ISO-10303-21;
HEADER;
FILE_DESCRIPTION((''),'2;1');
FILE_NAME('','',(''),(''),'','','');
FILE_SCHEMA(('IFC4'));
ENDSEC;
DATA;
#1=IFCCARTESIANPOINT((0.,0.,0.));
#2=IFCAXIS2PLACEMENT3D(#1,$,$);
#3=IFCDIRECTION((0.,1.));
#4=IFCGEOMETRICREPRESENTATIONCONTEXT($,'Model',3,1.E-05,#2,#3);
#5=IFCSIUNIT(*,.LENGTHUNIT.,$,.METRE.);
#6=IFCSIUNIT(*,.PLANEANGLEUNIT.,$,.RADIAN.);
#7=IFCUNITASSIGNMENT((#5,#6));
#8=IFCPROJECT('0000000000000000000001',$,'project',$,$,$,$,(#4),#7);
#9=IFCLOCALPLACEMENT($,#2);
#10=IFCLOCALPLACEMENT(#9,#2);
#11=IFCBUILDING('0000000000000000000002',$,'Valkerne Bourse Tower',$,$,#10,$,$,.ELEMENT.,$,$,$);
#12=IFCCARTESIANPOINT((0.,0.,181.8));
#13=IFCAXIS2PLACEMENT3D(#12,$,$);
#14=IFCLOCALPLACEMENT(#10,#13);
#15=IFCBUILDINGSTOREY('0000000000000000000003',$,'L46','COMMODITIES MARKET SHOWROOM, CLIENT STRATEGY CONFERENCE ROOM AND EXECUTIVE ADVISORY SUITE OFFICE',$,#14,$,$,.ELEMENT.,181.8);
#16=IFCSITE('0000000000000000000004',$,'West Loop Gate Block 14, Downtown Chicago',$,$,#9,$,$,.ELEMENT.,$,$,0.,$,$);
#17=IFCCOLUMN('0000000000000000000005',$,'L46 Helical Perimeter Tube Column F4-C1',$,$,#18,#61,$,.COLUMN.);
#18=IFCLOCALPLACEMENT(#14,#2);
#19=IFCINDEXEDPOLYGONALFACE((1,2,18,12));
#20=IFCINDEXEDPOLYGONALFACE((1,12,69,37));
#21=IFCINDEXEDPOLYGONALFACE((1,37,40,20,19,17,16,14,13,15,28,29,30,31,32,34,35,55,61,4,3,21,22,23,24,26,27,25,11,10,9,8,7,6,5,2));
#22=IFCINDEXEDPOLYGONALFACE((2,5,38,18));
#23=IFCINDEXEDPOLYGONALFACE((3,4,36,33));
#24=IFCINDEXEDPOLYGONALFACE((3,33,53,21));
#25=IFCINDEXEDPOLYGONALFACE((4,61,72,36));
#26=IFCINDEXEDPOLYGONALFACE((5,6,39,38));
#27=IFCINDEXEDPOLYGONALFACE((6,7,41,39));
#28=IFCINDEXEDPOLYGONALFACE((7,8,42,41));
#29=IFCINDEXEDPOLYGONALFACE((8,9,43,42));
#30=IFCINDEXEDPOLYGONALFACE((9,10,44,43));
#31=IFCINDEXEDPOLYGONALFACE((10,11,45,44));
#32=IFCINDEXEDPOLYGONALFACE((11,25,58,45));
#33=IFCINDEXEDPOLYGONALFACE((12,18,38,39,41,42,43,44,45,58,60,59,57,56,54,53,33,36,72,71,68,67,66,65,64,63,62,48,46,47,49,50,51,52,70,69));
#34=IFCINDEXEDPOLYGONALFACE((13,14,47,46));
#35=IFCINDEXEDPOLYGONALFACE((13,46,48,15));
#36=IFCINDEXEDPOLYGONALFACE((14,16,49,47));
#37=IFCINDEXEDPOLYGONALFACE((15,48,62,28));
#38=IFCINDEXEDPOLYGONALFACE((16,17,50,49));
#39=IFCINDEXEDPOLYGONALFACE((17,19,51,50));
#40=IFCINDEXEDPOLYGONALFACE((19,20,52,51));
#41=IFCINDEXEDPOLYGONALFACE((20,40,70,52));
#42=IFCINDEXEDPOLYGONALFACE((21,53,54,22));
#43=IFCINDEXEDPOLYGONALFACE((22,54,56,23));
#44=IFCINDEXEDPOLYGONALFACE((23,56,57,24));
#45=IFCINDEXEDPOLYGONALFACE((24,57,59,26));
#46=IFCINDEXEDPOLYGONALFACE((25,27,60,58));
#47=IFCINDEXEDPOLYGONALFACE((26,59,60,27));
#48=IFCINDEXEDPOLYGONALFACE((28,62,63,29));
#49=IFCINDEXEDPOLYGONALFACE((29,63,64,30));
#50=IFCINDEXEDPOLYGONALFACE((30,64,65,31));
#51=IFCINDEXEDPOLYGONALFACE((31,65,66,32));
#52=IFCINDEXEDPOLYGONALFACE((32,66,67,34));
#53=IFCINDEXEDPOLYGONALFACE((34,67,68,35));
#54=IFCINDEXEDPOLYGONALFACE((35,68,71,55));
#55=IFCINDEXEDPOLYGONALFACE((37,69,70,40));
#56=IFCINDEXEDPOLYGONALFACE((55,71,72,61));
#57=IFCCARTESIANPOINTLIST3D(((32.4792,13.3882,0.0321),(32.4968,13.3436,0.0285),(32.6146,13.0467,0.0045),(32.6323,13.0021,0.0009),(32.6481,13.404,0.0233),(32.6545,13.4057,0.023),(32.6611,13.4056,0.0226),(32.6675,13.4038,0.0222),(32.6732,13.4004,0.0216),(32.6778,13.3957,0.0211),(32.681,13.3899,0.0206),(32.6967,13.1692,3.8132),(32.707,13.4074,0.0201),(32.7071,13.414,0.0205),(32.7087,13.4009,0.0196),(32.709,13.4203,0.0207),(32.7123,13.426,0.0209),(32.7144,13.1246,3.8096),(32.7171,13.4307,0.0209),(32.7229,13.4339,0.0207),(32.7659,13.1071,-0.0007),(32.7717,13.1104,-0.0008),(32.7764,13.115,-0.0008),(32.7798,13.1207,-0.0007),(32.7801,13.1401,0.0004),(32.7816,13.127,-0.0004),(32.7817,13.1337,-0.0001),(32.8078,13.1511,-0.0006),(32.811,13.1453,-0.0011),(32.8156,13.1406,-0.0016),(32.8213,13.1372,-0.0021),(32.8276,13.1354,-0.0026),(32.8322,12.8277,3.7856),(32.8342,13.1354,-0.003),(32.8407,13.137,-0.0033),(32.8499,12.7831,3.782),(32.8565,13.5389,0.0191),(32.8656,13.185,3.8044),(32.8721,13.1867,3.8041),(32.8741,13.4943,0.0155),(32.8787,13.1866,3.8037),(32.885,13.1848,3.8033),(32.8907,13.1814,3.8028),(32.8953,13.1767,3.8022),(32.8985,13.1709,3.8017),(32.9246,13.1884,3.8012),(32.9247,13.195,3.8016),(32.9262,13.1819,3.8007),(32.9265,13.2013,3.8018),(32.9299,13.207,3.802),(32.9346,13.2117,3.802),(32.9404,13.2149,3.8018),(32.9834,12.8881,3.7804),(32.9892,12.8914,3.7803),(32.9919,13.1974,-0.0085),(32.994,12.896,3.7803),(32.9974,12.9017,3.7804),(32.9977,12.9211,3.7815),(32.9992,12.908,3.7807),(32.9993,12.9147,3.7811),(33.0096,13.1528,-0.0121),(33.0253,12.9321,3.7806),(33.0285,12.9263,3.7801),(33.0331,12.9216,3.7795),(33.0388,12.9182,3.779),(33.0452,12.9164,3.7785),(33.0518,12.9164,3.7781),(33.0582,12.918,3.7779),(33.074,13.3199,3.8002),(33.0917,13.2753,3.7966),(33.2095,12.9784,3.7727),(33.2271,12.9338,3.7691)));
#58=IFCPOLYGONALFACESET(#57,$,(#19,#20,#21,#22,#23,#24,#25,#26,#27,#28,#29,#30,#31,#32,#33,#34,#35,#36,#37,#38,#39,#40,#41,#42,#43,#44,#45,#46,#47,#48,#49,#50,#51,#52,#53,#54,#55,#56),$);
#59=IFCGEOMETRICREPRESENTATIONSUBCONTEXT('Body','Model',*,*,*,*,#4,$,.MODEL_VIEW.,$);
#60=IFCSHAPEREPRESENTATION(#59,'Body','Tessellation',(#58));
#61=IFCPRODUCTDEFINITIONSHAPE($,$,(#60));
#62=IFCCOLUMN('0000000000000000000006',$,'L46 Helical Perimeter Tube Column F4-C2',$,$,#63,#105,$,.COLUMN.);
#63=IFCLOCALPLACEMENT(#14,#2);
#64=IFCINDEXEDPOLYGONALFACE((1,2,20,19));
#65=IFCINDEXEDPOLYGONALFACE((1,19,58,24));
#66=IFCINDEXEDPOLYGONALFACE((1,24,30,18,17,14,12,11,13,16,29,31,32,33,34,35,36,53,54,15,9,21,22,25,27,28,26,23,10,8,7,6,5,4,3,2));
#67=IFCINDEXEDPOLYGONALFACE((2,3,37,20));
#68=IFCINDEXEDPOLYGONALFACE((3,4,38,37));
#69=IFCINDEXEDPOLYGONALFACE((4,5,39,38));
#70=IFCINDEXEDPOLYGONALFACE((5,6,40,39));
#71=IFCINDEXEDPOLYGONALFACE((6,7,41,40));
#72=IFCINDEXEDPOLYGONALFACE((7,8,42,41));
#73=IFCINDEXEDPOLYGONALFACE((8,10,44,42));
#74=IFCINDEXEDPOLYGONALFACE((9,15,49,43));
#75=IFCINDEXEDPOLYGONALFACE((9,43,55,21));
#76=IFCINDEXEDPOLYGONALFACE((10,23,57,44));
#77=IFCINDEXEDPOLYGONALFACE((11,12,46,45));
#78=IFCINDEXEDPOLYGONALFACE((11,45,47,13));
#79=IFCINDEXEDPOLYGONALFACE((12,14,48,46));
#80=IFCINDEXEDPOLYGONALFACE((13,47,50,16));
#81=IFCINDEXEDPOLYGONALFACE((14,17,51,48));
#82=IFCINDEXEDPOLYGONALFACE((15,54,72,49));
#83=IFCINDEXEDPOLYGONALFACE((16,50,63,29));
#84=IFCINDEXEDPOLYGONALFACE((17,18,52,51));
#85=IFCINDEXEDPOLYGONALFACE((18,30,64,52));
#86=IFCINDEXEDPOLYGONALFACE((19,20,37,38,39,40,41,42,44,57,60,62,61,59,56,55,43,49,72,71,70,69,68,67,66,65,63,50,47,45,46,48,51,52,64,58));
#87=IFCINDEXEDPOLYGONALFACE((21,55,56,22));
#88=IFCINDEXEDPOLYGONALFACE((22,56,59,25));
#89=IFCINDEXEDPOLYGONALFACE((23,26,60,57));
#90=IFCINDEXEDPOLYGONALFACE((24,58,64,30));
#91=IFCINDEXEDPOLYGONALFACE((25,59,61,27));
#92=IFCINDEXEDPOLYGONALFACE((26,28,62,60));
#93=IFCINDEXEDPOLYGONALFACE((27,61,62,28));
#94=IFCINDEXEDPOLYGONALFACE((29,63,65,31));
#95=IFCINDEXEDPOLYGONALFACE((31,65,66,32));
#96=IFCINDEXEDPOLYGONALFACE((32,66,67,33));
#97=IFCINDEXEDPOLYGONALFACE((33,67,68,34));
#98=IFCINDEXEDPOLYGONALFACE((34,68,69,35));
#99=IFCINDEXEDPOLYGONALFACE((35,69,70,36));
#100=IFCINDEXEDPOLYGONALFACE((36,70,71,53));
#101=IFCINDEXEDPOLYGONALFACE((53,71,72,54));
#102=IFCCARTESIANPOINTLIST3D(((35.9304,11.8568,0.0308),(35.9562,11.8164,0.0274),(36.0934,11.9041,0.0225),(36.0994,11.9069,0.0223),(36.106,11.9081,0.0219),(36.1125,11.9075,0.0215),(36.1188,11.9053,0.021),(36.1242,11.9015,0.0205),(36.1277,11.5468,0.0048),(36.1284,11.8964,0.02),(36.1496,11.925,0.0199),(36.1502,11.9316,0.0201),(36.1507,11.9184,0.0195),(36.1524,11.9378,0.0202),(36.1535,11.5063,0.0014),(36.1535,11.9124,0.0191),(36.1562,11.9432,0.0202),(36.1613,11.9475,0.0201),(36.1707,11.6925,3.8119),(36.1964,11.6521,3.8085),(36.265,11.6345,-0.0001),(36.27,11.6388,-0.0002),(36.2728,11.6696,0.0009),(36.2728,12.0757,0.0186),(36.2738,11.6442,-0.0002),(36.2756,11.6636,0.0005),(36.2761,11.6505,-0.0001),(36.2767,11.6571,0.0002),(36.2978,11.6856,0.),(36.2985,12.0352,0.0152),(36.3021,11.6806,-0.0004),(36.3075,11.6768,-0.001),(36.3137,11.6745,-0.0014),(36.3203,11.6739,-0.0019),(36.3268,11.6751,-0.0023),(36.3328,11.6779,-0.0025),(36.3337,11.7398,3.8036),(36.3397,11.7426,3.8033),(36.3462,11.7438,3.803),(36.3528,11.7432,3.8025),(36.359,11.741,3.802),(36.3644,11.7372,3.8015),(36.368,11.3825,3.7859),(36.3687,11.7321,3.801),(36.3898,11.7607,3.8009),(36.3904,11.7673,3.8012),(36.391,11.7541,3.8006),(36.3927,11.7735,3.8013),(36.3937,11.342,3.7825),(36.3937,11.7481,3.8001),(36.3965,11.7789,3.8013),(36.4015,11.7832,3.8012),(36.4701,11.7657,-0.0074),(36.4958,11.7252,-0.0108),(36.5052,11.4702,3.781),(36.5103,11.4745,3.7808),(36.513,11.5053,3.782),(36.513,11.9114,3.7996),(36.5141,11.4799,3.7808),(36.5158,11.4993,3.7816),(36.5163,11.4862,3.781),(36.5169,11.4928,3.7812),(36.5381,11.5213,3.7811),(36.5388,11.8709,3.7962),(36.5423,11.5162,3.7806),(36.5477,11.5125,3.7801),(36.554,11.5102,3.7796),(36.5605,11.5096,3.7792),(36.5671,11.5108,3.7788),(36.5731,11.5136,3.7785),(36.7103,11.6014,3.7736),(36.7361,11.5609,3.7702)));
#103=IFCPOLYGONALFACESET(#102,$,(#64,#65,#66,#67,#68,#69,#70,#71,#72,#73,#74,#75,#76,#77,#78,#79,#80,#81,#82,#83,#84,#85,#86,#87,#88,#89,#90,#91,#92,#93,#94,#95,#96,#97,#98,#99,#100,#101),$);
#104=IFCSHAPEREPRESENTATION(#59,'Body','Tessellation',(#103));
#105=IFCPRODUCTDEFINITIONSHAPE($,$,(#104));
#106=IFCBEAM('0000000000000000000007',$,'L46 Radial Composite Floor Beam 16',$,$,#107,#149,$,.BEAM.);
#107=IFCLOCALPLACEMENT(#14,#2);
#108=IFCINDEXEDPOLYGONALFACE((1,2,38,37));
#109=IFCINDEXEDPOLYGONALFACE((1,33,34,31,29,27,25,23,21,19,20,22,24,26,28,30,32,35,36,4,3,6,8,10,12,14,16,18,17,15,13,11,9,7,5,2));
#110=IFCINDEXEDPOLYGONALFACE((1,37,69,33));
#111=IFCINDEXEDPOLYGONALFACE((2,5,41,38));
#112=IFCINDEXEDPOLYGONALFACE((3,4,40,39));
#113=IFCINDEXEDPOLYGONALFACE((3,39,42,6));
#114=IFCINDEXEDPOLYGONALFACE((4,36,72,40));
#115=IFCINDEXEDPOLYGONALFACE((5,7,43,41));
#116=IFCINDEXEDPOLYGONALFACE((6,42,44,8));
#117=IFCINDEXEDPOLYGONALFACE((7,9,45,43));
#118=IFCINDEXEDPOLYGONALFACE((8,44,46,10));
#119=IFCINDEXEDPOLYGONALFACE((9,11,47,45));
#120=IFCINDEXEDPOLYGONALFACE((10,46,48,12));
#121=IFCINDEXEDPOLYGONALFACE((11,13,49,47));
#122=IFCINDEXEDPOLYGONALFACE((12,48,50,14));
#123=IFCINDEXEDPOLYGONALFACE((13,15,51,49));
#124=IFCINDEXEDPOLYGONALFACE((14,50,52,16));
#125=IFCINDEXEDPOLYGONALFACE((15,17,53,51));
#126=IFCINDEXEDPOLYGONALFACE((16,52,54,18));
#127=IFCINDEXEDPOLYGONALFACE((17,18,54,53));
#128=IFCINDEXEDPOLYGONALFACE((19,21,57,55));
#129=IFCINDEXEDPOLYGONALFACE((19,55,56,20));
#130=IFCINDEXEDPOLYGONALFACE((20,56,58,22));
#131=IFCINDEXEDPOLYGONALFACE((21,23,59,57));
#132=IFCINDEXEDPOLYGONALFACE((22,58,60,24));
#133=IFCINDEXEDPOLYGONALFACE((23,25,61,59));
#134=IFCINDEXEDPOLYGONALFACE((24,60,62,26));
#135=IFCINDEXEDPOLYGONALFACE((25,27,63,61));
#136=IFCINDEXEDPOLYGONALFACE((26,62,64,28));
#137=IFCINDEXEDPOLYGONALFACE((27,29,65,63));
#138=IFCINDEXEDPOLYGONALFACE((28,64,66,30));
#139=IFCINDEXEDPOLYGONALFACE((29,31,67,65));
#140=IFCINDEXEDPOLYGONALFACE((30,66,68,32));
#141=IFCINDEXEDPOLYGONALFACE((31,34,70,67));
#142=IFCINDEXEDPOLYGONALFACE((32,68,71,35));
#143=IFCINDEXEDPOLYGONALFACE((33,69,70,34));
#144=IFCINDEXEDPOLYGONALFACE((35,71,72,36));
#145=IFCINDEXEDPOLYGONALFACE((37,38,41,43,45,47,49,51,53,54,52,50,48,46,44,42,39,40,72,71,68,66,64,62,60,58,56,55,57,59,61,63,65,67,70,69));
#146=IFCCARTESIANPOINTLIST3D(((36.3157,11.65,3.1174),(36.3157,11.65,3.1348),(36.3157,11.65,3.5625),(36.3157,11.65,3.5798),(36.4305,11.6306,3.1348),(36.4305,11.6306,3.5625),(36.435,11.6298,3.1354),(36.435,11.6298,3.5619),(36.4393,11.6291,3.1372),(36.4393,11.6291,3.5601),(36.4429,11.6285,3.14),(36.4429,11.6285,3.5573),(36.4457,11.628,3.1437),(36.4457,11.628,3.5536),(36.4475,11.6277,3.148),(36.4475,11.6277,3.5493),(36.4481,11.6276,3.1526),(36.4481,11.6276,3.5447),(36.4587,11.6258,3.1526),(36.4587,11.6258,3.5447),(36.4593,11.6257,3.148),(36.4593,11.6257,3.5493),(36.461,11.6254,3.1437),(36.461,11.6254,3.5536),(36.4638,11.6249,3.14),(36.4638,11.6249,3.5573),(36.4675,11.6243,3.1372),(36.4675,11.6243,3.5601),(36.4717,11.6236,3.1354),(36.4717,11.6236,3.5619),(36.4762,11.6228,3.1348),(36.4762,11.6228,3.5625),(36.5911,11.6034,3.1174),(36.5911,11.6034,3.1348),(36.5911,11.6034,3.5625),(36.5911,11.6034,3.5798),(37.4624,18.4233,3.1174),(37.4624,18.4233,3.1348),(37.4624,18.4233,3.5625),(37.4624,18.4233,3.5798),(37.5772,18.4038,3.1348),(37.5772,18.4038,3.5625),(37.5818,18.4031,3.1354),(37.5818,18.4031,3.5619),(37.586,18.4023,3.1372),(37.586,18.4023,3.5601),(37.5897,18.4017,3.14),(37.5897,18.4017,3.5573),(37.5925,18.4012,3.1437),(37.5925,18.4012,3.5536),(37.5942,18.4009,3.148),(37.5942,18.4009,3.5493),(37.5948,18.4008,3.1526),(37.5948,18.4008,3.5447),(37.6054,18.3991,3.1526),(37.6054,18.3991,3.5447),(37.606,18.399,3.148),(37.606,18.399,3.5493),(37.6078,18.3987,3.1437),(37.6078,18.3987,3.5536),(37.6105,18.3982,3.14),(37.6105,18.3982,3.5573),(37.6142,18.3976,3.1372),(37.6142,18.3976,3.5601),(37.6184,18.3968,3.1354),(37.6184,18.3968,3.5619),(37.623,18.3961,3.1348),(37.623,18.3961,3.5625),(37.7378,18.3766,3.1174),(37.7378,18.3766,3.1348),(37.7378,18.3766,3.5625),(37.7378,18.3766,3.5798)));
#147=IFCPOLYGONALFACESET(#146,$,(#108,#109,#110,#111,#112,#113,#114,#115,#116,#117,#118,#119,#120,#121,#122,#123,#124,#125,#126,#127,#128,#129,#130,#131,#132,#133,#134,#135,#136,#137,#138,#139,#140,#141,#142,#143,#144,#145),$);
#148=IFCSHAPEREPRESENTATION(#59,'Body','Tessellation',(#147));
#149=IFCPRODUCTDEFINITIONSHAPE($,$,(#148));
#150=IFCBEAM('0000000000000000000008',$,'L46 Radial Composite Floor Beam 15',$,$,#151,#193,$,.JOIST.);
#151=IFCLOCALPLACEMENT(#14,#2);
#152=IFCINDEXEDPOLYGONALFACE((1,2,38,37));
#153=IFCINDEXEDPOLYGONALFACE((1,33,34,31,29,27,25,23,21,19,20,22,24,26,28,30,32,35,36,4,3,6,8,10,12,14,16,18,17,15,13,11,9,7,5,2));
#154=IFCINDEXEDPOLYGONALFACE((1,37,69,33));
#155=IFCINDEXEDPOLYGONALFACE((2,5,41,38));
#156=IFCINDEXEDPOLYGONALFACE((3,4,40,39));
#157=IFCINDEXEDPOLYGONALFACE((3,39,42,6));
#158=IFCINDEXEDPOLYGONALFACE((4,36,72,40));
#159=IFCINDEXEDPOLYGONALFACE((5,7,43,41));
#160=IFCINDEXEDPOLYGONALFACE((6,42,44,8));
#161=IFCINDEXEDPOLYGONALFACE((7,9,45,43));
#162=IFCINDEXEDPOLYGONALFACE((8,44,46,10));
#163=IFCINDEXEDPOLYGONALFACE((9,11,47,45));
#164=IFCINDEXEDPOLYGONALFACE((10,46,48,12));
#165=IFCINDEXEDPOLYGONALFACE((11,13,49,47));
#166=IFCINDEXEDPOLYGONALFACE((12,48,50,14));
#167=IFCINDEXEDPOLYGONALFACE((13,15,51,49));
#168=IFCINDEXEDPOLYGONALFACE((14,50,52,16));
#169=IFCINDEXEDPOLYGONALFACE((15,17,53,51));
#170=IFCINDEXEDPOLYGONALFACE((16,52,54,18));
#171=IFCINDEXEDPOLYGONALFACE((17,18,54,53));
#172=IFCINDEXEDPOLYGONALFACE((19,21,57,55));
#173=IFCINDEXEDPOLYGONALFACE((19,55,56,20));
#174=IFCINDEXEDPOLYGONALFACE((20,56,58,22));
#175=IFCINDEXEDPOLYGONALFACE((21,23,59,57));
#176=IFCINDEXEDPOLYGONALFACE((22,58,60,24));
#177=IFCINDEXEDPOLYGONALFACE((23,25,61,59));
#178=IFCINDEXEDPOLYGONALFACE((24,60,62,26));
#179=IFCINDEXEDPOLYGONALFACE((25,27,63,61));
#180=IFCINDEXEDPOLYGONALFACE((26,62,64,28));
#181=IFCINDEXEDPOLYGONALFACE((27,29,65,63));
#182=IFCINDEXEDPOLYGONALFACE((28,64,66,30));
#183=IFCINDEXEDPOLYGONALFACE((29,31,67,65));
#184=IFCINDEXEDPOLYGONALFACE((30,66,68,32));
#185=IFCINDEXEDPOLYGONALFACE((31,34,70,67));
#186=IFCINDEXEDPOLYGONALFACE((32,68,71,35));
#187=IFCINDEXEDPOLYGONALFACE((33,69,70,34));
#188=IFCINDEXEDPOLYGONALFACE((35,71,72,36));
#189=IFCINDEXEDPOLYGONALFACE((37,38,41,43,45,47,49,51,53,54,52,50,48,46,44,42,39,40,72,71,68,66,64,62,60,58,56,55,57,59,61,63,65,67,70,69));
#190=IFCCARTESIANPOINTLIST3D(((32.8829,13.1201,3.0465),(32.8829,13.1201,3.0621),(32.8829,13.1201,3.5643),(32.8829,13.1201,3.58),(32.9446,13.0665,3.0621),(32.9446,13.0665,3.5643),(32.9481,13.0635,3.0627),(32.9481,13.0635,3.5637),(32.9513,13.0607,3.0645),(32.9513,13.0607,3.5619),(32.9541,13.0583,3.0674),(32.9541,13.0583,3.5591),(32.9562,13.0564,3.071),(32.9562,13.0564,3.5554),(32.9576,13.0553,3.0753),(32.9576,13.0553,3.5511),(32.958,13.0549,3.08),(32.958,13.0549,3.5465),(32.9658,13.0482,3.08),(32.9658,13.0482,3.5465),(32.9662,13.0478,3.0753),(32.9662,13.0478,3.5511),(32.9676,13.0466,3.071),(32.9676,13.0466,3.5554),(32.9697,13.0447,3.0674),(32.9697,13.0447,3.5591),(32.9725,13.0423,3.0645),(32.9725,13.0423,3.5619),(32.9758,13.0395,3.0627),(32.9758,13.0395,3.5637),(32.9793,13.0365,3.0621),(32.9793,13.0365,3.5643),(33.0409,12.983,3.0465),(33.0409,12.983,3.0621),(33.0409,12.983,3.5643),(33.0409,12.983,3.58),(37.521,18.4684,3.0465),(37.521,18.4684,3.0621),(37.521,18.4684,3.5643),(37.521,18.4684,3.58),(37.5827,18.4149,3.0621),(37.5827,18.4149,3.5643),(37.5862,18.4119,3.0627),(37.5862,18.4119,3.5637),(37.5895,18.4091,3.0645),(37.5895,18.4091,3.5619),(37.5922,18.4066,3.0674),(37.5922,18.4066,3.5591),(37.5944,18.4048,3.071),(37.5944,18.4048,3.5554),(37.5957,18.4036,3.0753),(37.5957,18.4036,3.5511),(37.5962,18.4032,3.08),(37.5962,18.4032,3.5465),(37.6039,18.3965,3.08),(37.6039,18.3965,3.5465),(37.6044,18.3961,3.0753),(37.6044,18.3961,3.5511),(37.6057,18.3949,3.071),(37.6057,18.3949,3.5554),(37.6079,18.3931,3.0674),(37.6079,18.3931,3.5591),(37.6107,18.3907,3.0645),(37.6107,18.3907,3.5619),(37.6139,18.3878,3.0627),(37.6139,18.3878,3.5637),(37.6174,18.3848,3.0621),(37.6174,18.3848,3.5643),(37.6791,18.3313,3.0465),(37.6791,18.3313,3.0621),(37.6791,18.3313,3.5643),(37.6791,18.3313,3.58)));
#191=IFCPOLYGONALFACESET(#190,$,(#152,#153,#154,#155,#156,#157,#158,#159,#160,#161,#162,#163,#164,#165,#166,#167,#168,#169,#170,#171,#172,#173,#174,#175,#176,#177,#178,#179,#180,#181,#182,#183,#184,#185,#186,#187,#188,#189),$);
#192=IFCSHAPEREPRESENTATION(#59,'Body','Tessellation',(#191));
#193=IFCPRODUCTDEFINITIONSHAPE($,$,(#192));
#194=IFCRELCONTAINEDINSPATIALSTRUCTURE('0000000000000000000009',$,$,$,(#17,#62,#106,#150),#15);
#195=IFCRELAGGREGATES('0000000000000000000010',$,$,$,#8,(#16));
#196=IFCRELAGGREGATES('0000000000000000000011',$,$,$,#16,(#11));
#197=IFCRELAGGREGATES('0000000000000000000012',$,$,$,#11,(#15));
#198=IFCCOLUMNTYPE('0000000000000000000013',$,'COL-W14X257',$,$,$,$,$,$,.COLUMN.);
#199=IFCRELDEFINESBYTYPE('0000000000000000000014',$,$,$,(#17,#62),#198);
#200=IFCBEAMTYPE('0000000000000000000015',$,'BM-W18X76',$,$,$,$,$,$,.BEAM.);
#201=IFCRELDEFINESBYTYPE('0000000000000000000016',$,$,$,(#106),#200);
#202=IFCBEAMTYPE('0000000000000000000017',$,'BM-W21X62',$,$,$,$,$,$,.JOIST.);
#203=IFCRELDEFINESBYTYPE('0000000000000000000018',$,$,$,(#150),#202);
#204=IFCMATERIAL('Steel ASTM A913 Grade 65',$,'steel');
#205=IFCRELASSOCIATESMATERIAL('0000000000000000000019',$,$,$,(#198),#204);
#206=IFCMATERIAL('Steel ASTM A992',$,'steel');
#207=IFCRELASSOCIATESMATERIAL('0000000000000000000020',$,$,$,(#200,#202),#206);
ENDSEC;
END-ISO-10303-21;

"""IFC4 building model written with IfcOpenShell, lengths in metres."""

from ifc_helpers import new_model, si_unit, direction, frame, origin, origin_2d, place, context, subcontext, project, spatial, i_section, extrude, material, material_profile, profile_set, type_object, element, save


model = new_model("IFC4")

# Units and contexts
model_context = context("Model", 3, precision=1e-05, world=origin(), true_north=direction((0.0, 1.0)))
body_context = subcontext(model_context, "Body", "Model", "MODEL_VIEW")
ifc_project = project(units=[si_unit("LENGTHUNIT", "METRE"), si_unit("PLANEANGLEUNIT", "RADIAN")], contexts=[model_context])

# Site, building, storey
site_placement = place(None, origin())
site = spatial("IfcSite", under=ifc_project, at=site_placement, Name="West Loop Gate Block 14, Downtown Chicago", CompositionType="ELEMENT", RefElevation=0.0)
building_placement = place(site_placement, origin())
building = spatial("IfcBuilding", under=site, at=building_placement, Name="Valkerne Bourse Tower", CompositionType="ELEMENT")
storey_placement = place(building_placement, frame((0.0, 0.0, 181.8)))
storey = spatial("IfcBuildingStorey", under=building, at=storey_placement, Name="L46", Description="COMMODITIES MARKET SHOWROOM, CLIENT STRATEGY CONFERENCE ROOM AND EXECUTIVE ADVISORY SUITE OFFICE", CompositionType="ELEMENT", Elevation=181.8)

# Columns
ifc_material_1 = material(Name="Steel ASTM A913 Grade 65", Category="steel")
ifc_material_profile_1 = material_profile(ifc_material_1, i_section(OverallWidth=0.4065, OverallDepth=0.4165, WebThickness=0.0298, FlangeThickness=0.0481, FilletRadius=0.0254, at=origin_2d()), Name="W14X257")
ifc_profile_set_1 = profile_set([ifc_material_profile_1], Name="Steel ASTM A913 Grade 65")
column_type = type_object("IfcColumnType", Name="COL-W14X257", PredefinedType="COLUMN", material=ifc_profile_set_1)
column_1_placement = place(storey_placement, frame((32.7444, 13.2705, 0.01), z_axis=(0.057341, -0.057727, 0.996684), x_axis=(0.928166, 0.370795, -0.031923)))
element("IfcColumn", 1, at=column_1_placement, inside=storey, type_object=column_type, Name="L46 Helical Perimeter Tube Column F4-C1", PredefinedType="COLUMN", context=body_context, shape_type="SweptSolid", body=[
    extrude(i_section(OverallWidth=0.4065, OverallDepth=0.4165, WebThickness=0.0298, FlangeThickness=0.0481, FilletRadius=0.0254, at=origin_2d()), origin(), (0.0, 0.0, 1.0), 3.7937),
])
column_2_placement = place(storey_placement, frame((36.2131, 11.791, 0.01), z_axis=(0.06335, -0.043328, 0.99705), x_axis=(0.842154, 0.538396, -0.030112)))
element("IfcColumn", 2, at=column_2_placement, inside=storey, type_object=column_type, Name="L46 Helical Perimeter Tube Column F4-C2", PredefinedType="COLUMN", context=body_context, shape_type="SweptSolid", body=[
    extrude(i_section(OverallWidth=0.4065, OverallDepth=0.4165, WebThickness=0.0298, FlangeThickness=0.0481, FilletRadius=0.0254, at=origin_2d()), origin(), (0.0, 0.0, 1.0), 3.7922),
])

# Beams
ifc_material_2 = material(Name="Steel ASTM A992", Category="steel")
ifc_material_profile_2 = material_profile(ifc_material_2, i_section(OverallWidth=0.2793, OverallDepth=0.4624, WebThickness=0.0107, FlangeThickness=0.0173, FilletRadius=0.0178, at=origin_2d()), Name="W18X76")
ifc_profile_set_2 = profile_set([ifc_material_profile_2], Name="Steel ASTM A992")
beam_type_1 = type_object("IfcBeamType", Name="BM-W18X76", PredefinedType="BEAM", material=ifc_profile_set_2)
beam_1_placement = place(storey_placement, frame((36.4534, 11.6267, 3.3486), z_axis=(0.166928, 0.985969, 0.0), x_axis=(-0.985969, 0.166928, 0.0)))
element("IfcBeam", 3, at=beam_1_placement, inside=storey, type_object=beam_type_1, Name="L46 Radial Composite Floor Beam 16", PredefinedType="BEAM", context=body_context, shape_type="SweptSolid", body=[
    extrude(i_section(OverallWidth=0.2793, OverallDepth=0.4624, WebThickness=0.0107, FlangeThickness=0.0173, FilletRadius=0.0178, at=origin_2d()), origin(), (0.0, 0.0, 1.0), 6.8696),
])
ifc_material_profile_3 = material_profile(ifc_material_2, i_section(OverallWidth=0.2092, OverallDepth=0.5334, WebThickness=0.0103, FlangeThickness=0.0156, FilletRadius=0.0178, at=origin_2d()), Name="W21X62")
ifc_profile_set_3 = profile_set([ifc_material_profile_3], Name="Steel ASTM A992")
beam_type_2 = type_object("IfcBeamType", Name="BM-W21X62", PredefinedType="JOIST", material=ifc_profile_set_3)
beam_2_placement = place(storey_placement, frame((32.9619, 13.0515, 3.3132), z_axis=(0.655166, 0.755485, 0.0), x_axis=(-0.755485, 0.655166, 0.0)))
element("IfcBeam", 4, at=beam_2_placement, inside=storey, type_object=beam_type_2, Name="L46 Radial Composite Floor Beam 15", PredefinedType="JOIST", context=body_context, shape_type="SweptSolid", body=[
    extrude(i_section(OverallWidth=0.2092, OverallDepth=0.5334, WebThickness=0.0103, FlangeThickness=0.0156, FilletRadius=0.0178, at=origin_2d()), origin(), (0.0, 0.0, 1.0), 7.0793),
])

save(model, "model.ifc")
